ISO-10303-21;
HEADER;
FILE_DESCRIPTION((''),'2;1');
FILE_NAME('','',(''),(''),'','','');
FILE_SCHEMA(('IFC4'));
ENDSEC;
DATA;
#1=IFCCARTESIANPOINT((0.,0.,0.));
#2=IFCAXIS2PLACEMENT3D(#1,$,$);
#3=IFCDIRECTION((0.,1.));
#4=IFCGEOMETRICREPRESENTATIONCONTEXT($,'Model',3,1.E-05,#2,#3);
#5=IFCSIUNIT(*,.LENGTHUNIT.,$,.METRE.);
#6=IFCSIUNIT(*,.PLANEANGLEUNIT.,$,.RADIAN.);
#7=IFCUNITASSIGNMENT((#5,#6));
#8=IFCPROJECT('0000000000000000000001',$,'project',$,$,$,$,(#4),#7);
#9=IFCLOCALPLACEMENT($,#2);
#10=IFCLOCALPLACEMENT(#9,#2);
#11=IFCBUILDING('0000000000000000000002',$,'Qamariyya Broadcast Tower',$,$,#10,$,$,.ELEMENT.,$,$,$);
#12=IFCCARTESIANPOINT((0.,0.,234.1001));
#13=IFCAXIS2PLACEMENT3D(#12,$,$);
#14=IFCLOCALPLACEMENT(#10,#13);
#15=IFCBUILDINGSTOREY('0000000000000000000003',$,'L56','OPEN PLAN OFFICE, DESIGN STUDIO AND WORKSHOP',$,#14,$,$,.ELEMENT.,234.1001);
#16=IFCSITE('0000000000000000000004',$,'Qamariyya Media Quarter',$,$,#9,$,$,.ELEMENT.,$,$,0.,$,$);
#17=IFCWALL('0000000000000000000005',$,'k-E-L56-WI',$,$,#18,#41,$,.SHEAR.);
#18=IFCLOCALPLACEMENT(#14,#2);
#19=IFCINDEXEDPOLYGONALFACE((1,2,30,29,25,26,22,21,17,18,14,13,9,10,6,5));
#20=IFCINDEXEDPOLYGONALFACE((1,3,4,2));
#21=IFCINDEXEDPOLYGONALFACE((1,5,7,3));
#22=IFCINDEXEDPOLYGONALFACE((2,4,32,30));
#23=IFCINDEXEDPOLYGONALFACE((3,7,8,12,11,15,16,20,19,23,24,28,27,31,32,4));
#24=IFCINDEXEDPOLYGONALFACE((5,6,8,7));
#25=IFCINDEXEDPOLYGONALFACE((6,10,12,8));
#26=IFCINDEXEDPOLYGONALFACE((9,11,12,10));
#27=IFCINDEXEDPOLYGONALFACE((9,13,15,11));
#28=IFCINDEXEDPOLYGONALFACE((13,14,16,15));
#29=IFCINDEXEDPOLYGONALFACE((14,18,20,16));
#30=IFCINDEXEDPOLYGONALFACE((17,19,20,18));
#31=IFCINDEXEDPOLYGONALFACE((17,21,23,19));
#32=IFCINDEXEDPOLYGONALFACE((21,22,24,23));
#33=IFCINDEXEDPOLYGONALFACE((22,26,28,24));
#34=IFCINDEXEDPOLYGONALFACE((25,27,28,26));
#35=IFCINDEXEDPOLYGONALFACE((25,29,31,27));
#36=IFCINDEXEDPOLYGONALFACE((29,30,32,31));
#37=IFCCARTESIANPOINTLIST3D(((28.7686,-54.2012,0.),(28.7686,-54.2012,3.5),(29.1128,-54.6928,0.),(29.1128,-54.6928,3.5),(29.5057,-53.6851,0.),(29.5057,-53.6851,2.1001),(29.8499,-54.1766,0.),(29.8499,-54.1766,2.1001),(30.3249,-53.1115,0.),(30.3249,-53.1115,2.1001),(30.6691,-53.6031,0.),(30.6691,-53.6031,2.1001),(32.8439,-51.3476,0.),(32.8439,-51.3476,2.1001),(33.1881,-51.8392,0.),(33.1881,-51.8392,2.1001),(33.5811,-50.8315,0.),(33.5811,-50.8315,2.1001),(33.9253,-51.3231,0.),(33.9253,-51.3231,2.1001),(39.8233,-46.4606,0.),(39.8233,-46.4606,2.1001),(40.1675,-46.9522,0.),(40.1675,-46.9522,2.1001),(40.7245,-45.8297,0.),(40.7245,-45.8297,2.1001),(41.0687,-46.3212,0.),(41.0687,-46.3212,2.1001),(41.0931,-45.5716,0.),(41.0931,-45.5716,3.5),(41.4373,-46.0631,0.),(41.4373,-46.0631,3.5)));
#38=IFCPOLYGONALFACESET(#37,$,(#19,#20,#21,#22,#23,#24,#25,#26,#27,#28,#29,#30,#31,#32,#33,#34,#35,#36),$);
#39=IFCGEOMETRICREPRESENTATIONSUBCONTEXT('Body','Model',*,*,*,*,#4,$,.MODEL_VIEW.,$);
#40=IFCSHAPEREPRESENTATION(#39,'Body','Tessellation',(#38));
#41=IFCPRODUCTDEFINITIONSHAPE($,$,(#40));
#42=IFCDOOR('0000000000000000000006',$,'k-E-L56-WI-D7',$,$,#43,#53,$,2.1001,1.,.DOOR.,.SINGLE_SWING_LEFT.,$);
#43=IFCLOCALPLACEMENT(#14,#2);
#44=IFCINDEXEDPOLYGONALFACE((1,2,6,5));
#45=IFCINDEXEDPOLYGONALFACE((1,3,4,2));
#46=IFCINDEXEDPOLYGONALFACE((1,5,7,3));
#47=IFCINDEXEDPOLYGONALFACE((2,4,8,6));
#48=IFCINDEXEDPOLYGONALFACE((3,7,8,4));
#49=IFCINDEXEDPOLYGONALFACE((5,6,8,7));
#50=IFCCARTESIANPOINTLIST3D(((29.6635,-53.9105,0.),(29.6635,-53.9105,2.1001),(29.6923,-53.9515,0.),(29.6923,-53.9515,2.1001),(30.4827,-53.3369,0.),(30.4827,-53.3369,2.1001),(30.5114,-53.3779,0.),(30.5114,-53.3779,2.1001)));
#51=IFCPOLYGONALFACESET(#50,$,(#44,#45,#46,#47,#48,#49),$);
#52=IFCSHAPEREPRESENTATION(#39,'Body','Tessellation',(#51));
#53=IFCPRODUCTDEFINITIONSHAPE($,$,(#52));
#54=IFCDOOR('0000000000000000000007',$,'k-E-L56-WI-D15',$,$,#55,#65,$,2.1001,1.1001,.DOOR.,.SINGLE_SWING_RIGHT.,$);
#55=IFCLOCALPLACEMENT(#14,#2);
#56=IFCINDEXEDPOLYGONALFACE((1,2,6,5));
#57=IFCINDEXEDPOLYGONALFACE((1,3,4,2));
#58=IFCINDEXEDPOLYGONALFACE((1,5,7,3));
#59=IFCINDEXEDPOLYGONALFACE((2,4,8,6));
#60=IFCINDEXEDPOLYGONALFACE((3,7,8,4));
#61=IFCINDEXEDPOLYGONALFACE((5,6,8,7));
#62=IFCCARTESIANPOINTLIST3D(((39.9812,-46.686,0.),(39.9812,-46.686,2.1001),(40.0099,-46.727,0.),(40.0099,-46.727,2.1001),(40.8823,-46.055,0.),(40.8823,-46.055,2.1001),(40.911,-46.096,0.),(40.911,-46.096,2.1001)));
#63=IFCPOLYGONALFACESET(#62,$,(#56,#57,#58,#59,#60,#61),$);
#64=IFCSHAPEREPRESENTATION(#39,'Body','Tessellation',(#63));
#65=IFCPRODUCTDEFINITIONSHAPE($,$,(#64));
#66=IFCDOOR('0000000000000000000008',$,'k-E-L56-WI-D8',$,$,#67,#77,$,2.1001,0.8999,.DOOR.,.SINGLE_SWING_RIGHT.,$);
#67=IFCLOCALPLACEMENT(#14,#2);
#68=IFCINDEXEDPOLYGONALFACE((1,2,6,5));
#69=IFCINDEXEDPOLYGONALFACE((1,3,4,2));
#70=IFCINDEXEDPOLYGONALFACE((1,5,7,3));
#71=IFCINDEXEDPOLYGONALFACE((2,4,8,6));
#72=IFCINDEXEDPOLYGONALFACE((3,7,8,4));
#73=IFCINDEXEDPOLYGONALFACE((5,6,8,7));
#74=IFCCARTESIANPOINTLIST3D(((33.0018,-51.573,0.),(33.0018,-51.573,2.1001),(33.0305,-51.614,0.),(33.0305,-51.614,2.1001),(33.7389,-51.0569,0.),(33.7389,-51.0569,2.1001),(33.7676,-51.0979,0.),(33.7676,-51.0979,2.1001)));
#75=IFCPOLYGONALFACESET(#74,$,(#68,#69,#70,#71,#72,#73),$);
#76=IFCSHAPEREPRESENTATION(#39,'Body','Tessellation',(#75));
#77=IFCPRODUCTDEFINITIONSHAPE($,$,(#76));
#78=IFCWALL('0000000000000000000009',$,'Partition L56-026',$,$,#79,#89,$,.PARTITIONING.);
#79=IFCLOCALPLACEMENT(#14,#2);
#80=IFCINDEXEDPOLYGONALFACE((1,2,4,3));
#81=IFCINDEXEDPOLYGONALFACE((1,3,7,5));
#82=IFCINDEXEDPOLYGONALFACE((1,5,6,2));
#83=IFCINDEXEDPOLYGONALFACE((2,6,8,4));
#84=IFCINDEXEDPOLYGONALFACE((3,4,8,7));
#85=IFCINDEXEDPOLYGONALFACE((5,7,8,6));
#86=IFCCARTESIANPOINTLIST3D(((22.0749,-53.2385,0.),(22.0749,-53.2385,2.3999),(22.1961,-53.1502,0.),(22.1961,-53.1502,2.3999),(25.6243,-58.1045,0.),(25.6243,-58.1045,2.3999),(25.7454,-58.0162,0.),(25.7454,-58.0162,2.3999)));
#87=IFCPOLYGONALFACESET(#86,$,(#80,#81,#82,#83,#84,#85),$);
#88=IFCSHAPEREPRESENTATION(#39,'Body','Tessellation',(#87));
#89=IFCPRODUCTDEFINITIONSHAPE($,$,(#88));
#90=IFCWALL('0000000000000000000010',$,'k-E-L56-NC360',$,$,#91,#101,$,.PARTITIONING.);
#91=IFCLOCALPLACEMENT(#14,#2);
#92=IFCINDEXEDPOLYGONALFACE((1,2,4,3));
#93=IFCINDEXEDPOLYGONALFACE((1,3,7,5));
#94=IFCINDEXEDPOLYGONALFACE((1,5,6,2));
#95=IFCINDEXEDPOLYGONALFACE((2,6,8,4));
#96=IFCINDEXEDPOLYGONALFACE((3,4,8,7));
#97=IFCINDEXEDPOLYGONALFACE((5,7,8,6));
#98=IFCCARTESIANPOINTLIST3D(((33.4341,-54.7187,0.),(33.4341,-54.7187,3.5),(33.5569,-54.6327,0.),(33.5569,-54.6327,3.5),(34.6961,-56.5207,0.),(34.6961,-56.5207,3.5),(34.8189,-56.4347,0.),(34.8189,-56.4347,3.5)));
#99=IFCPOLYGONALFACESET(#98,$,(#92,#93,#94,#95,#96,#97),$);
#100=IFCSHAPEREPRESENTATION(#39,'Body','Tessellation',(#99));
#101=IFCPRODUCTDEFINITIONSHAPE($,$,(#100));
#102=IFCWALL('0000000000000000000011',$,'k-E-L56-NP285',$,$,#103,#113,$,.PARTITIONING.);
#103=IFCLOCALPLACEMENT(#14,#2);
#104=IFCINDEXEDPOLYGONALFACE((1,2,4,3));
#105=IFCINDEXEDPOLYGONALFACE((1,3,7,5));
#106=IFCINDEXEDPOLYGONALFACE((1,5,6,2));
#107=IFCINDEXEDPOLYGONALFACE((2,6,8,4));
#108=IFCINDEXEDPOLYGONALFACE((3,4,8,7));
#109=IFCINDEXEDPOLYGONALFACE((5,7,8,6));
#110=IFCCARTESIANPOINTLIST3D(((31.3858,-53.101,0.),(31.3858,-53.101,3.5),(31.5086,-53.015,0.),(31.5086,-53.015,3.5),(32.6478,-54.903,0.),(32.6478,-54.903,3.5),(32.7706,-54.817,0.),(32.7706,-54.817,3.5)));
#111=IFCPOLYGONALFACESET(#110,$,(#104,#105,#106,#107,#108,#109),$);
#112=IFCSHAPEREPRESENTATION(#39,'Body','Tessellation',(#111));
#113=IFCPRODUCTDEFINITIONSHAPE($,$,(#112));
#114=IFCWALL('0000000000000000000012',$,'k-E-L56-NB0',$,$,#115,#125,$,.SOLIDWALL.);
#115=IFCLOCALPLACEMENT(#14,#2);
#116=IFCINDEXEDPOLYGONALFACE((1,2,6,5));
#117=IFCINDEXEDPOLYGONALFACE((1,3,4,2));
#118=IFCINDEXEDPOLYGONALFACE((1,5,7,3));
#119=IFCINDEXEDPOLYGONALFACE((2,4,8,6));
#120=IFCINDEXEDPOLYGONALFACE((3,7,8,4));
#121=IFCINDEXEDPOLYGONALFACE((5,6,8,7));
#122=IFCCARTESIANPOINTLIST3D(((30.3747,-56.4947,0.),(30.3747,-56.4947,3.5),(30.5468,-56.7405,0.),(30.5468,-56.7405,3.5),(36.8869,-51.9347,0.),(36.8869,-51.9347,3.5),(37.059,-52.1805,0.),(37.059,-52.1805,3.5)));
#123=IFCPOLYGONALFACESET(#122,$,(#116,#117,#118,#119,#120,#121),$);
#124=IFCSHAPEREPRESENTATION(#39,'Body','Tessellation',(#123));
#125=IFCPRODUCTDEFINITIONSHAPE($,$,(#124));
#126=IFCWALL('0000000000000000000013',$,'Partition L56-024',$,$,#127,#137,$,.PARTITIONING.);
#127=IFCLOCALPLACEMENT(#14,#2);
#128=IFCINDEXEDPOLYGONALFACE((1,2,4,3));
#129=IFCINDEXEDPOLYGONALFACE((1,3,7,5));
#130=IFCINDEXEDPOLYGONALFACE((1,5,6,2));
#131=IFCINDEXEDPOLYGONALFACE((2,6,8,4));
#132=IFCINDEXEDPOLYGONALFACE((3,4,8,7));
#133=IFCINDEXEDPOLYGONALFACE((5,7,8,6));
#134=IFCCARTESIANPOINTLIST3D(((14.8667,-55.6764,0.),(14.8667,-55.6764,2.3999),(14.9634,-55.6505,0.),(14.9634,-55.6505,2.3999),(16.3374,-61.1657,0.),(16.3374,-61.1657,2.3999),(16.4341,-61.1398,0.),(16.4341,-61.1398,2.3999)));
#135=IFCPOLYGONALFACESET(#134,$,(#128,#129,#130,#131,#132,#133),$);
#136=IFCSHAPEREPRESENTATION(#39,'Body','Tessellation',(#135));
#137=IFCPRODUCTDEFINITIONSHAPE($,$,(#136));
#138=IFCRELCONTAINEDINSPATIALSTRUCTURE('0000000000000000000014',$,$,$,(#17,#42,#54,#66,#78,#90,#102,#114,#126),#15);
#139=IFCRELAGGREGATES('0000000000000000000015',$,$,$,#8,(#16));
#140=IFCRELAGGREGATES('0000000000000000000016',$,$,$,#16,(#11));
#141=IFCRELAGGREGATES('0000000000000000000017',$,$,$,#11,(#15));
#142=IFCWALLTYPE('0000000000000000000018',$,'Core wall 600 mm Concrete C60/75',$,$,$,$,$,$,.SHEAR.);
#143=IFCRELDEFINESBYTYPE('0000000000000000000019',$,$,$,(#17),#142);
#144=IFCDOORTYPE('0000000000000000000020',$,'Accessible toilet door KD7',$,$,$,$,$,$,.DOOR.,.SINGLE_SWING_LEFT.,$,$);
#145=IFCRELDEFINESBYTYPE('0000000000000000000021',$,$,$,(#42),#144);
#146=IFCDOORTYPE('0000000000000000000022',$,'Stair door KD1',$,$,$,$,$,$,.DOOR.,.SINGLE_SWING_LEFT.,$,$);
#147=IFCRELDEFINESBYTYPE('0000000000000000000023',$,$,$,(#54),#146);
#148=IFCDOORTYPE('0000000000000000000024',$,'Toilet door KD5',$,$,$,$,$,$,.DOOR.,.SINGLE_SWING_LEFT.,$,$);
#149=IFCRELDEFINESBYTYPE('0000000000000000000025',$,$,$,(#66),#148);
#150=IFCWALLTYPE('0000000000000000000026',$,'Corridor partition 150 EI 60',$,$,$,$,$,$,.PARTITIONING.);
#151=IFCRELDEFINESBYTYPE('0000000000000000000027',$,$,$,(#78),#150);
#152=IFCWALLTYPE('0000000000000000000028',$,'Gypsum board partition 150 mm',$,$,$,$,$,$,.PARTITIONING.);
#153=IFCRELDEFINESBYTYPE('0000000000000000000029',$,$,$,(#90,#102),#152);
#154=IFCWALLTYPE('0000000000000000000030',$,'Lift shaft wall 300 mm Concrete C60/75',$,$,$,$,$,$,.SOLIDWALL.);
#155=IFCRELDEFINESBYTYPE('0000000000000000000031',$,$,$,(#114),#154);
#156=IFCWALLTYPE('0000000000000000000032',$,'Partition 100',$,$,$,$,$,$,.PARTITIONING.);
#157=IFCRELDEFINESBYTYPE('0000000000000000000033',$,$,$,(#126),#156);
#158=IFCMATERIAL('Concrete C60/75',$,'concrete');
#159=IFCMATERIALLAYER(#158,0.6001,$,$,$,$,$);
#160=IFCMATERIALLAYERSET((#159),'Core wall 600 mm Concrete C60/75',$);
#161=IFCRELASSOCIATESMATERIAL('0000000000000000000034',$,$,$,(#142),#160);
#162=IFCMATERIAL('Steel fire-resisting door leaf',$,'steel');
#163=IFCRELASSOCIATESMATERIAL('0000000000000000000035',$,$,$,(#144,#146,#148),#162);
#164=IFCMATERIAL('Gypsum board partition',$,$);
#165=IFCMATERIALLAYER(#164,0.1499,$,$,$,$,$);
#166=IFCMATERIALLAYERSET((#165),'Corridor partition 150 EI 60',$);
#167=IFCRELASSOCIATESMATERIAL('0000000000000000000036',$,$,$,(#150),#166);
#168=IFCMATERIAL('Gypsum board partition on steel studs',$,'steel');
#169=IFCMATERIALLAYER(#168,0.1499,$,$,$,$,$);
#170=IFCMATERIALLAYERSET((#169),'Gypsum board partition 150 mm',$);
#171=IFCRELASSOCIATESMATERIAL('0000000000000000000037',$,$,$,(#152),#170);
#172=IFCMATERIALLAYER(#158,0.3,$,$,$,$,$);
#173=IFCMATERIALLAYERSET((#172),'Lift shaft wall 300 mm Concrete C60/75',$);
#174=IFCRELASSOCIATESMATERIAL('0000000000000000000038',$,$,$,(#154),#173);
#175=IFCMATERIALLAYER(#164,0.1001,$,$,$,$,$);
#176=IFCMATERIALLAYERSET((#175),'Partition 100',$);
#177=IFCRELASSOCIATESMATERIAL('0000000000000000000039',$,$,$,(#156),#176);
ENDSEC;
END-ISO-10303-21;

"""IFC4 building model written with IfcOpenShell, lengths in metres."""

from ifc_helpers import new_model, si_unit, direction, frame, frame_2d, origin, place, context, subcontext, project, spatial, rectangle, extrude, material, layer, layer_set, type_object, element, fill, save


model = new_model("IFC4")

# Units and contexts
model_context = context("Model", 3, precision=1e-05, world=origin(), true_north=direction((0.0, 1.0)))
body_context = subcontext(model_context, "Body", "Model", "MODEL_VIEW")
ifc_project = project(units=[si_unit("LENGTHUNIT", "METRE"), si_unit("PLANEANGLEUNIT", "RADIAN")], contexts=[model_context])

# Site, building, storey
site_placement = place(None, origin())
site = spatial("IfcSite", under=ifc_project, at=site_placement, Name="Qamariyya Media Quarter", CompositionType="ELEMENT", RefElevation=0.0)
building_placement = place(site_placement, origin())
building = spatial("IfcBuilding", under=site, at=building_placement, Name="Qamariyya Broadcast Tower", CompositionType="ELEMENT")
storey_placement = place(building_placement, frame((0.0, 0.0, 234.1001)))
storey = spatial("IfcBuildingStorey", under=building, at=storey_placement, Name="L56", Description="OPEN PLAN OFFICE, DESIGN STUDIO AND WORKSHOP", CompositionType="ELEMENT", Elevation=234.1001)

# Shared definitions
ifc_material_1 = material(Name="Concrete C60/75", Category="concrete")

# Wall, openings, doors
ifc_layer_1 = layer(ifc_material_1, 0.6001)
ifc_layer_set_1 = layer_set([ifc_layer_1], Name="Core wall 600 mm Concrete C60/75")
wall_type_1 = type_object("IfcWallType", Name="Core wall 600 mm Concrete C60/75", PredefinedType="SHEAR", material=ifc_layer_set_1)
wall_1_placement = place(storey_placement, frame((28.9407, -54.447, 0.0), z_axis=(0.0, 0.0, 1.0), x_axis=(0.819153, 0.573575, 0.0)))
wall_1 = element("IfcWall", 1, at=wall_1_placement, inside=storey, type_object=wall_type_1, Name="k-E-L56-WI", PredefinedType="SHEAR", context=body_context, shape_type="SweptSolid", body=[
    extrude(rectangle(XDim=15.0454, YDim=0.6001, at=frame_2d((7.5227, 0.0))), origin(), (0.0, 0.0, 1.0), 3.5),
])
opening_1_placement = place(wall_1_placement, frame((0.8999, 0.0, 0.0)))
opening_1 = element("IfcOpeningElement", 2, at=opening_1_placement, cuts=wall_1, PredefinedType="OPENING", context=body_context, shape_type="SweptSolid", body=[
    extrude(rectangle(XDim=1.0, YDim=2.1001, at=frame_2d((0.5, 1.05))), frame((0.0, 0.3101, 0.0), z_axis=(0.0, -1.0, 0.0), x_axis=(1.0, 0.0, 0.0)), (0.0, 0.0, 1.0), 0.6201),
])
opening_2_placement = place(wall_1_placement, frame((4.9751, 0.0, 0.0)))
opening_2 = element("IfcOpeningElement", 3, at=opening_2_placement, cuts=wall_1, PredefinedType="OPENING", context=body_context, shape_type="SweptSolid", body=[
    extrude(rectangle(XDim=0.8999, YDim=2.1001, at=frame_2d((0.45, 1.05))), frame((0.0, 0.3101, 0.0), z_axis=(0.0, -1.0, 0.0), x_axis=(1.0, 0.0, 0.0)), (0.0, 0.0, 1.0), 0.6201),
])
opening_3_placement = place(wall_1_placement, frame((13.4954, 0.0, 0.0)))
opening_3 = element("IfcOpeningElement", 4, at=opening_3_placement, cuts=wall_1, PredefinedType="OPENING", context=body_context, shape_type="SweptSolid", body=[
    extrude(rectangle(XDim=1.1001, YDim=2.1001, at=frame_2d((0.55, 1.05))), frame((0.0, 0.3101, 0.0), z_axis=(0.0, -1.0, 0.0), x_axis=(1.0, 0.0, 0.0)), (0.0, 0.0, 1.0), 0.6201),
])
ifc_material_2 = material(Name="Steel fire-resisting door leaf", Category="steel")
door_type_1 = type_object("IfcDoorType", Name="Accessible toilet door KD7", OperationType="SINGLE_SWING_LEFT", PredefinedType="DOOR", material=ifc_material_2)
door_1_placement = place(opening_1_placement, origin())
door_1 = element("IfcDoor", 5, at=door_1_placement, inside=storey, type_object=door_type_1, Name="k-E-L56-WI-D7", OperationType="SINGLE_SWING_LEFT", OverallHeight=2.1001, OverallWidth=1.0, PredefinedType="DOOR", context=body_context, shape_type="SweptSolid", body=[
    extrude(rectangle(XDim=1.0, YDim=2.1001, at=frame_2d((0.5, 1.05))), frame((0.0, 0.0249, 0.0), z_axis=(0.0, -1.0, 0.0), x_axis=(1.0, 0.0, 0.0)), (0.0, 0.0, 1.0), 0.05),
])
fill(opening_1, door_1)
door_type_2 = type_object("IfcDoorType", Name="Stair door KD1", OperationType="SINGLE_SWING_LEFT", PredefinedType="DOOR", material=ifc_material_2)
door_2_placement = place(opening_3_placement, origin())
door_2 = element("IfcDoor", 6, at=door_2_placement, inside=storey, type_object=door_type_2, Name="k-E-L56-WI-D15", OperationType="SINGLE_SWING_RIGHT", OverallHeight=2.1001, OverallWidth=1.1001, PredefinedType="DOOR", context=body_context, shape_type="SweptSolid", body=[
    extrude(rectangle(XDim=1.1001, YDim=2.1001, at=frame_2d((0.55, 1.05))), frame((0.0, 0.0249, 0.0), z_axis=(0.0, -1.0, 0.0), x_axis=(1.0, 0.0, 0.0)), (0.0, 0.0, 1.0), 0.05),
])
fill(opening_3, door_2)
door_type_3 = type_object("IfcDoorType", Name="Toilet door KD5", OperationType="SINGLE_SWING_LEFT", PredefinedType="DOOR", material=ifc_material_2)
door_3_placement = place(opening_2_placement, origin())
door_3 = element("IfcDoor", 7, at=door_3_placement, inside=storey, type_object=door_type_3, Name="k-E-L56-WI-D8", OperationType="SINGLE_SWING_RIGHT", OverallHeight=2.1001, OverallWidth=0.8999, PredefinedType="DOOR", context=body_context, shape_type="SweptSolid", body=[
    extrude(rectangle(XDim=0.8999, YDim=2.1001, at=frame_2d((0.45, 1.05))), frame((0.0, 0.0249, 0.0), z_axis=(0.0, -1.0, 0.0), x_axis=(1.0, 0.0, 0.0)), (0.0, 0.0, 1.0), 0.05),
])
fill(opening_2, door_3)

# Walls
ifc_material_3 = material(Name="Gypsum board partition")
ifc_layer_2 = layer(ifc_material_3, 0.1499)
ifc_layer_set_2 = layer_set([ifc_layer_2], Name="Corridor partition 150 EI 60")
wall_type_2 = type_object("IfcWallType", Name="Corridor partition 150 EI 60", PredefinedType="PARTITIONING", material=ifc_layer_set_2)
wall_2_placement = place(storey_placement, frame((22.1355, -53.1943, 0.0), z_axis=(0.0, 0.0, 1.0), x_axis=(0.589304, -0.807911, 0.0)))
element("IfcWall", 8, at=wall_2_placement, inside=storey, type_object=wall_type_2, Name="Partition L56-026", PredefinedType="PARTITIONING", context=body_context, shape_type="SweptSolid", body=[
    extrude(rectangle(XDim=6.0229, YDim=0.1499, at=frame_2d((3.0115, 0.0))), origin(), (0.0, 0.0, 1.0), 2.3999),
])
ifc_material_4 = material(Name="Gypsum board partition on steel studs", Category="steel")
ifc_layer_3 = layer(ifc_material_4, 0.1499)
ifc_layer_set_3 = layer_set([ifc_layer_3], Name="Gypsum board partition 150 mm")
wall_type_3 = type_object("IfcWallType", Name="Gypsum board partition 150 mm", PredefinedType="PARTITIONING", material=ifc_layer_set_3)
for number, where, z_axis, x_axis, name in (
    (9, (34.7576, -56.4778, 0.0), (0.0, 0.0, 1.0), (-0.573634, 0.819112, 0.0), "k-E-L56-NC360"),
    (10, (32.7092, -54.8601, 0.0), (0.0, 0.0, 1.0), (-0.573634, 0.819112, 0.0), "k-E-L56-NP285"),
):
    element("IfcWall", number, at=place(storey_placement, frame(where, z_axis=z_axis, x_axis=x_axis)), inside=storey, type_object=wall_type_3, Name=name, PredefinedType="PARTITIONING", context=body_context, shape_type="SweptSolid", body=[
        extrude(rectangle(XDim=2.2, YDim=0.1499, at=frame_2d((1.1001, 0.0))), origin(), (0.0, 0.0, 1.0), 3.5),
    ])
ifc_layer_4 = layer(ifc_material_1, 0.3)
ifc_layer_set_4 = layer_set([ifc_layer_4], Name="Lift shaft wall 300 mm Concrete C60/75")
wall_type_4 = type_object("IfcWallType", Name="Lift shaft wall 300 mm Concrete C60/75", PredefinedType="SOLIDWALL", material=ifc_layer_set_4)
wall_3_placement = place(storey_placement, frame((30.4607, -56.6177, 0.0), z_axis=(0.0, 0.0, 1.0), x_axis=(0.819142, 0.57359, 0.0)))
element("IfcWall", 11, at=wall_3_placement, inside=storey, type_object=wall_type_4, Name="k-E-L56-NB0", PredefinedType="SOLIDWALL", context=body_context, shape_type="SweptSolid", body=[
    extrude(rectangle(XDim=7.95, YDim=0.3, at=frame_2d((3.9751, 0.0))), origin(), (0.0, 0.0, 1.0), 3.5),
])
ifc_layer_5 = layer(ifc_material_3, 0.1001)
ifc_layer_set_5 = layer_set([ifc_layer_5], Name="Partition 100")
wall_type_5 = type_object("IfcWallType", Name="Partition 100", PredefinedType="PARTITIONING", material=ifc_layer_set_5)
wall_4_placement = place(storey_placement, frame((14.915, -55.6636, 0.0), z_axis=(0.0, 0.0, 1.0), x_axis=(0.258796, -0.965932, 0.0)))
element("IfcWall", 12, at=wall_4_placement, inside=storey, type_object=wall_type_5, Name="Partition L56-024", PredefinedType="PARTITIONING", context=body_context, shape_type="SweptSolid", body=[
    extrude(rectangle(XDim=5.6829, YDim=0.1001, at=frame_2d((2.8413, 0.0))), origin(), (0.0, 0.0, 1.0), 2.3999),
])

save(model, "model.ifc")
